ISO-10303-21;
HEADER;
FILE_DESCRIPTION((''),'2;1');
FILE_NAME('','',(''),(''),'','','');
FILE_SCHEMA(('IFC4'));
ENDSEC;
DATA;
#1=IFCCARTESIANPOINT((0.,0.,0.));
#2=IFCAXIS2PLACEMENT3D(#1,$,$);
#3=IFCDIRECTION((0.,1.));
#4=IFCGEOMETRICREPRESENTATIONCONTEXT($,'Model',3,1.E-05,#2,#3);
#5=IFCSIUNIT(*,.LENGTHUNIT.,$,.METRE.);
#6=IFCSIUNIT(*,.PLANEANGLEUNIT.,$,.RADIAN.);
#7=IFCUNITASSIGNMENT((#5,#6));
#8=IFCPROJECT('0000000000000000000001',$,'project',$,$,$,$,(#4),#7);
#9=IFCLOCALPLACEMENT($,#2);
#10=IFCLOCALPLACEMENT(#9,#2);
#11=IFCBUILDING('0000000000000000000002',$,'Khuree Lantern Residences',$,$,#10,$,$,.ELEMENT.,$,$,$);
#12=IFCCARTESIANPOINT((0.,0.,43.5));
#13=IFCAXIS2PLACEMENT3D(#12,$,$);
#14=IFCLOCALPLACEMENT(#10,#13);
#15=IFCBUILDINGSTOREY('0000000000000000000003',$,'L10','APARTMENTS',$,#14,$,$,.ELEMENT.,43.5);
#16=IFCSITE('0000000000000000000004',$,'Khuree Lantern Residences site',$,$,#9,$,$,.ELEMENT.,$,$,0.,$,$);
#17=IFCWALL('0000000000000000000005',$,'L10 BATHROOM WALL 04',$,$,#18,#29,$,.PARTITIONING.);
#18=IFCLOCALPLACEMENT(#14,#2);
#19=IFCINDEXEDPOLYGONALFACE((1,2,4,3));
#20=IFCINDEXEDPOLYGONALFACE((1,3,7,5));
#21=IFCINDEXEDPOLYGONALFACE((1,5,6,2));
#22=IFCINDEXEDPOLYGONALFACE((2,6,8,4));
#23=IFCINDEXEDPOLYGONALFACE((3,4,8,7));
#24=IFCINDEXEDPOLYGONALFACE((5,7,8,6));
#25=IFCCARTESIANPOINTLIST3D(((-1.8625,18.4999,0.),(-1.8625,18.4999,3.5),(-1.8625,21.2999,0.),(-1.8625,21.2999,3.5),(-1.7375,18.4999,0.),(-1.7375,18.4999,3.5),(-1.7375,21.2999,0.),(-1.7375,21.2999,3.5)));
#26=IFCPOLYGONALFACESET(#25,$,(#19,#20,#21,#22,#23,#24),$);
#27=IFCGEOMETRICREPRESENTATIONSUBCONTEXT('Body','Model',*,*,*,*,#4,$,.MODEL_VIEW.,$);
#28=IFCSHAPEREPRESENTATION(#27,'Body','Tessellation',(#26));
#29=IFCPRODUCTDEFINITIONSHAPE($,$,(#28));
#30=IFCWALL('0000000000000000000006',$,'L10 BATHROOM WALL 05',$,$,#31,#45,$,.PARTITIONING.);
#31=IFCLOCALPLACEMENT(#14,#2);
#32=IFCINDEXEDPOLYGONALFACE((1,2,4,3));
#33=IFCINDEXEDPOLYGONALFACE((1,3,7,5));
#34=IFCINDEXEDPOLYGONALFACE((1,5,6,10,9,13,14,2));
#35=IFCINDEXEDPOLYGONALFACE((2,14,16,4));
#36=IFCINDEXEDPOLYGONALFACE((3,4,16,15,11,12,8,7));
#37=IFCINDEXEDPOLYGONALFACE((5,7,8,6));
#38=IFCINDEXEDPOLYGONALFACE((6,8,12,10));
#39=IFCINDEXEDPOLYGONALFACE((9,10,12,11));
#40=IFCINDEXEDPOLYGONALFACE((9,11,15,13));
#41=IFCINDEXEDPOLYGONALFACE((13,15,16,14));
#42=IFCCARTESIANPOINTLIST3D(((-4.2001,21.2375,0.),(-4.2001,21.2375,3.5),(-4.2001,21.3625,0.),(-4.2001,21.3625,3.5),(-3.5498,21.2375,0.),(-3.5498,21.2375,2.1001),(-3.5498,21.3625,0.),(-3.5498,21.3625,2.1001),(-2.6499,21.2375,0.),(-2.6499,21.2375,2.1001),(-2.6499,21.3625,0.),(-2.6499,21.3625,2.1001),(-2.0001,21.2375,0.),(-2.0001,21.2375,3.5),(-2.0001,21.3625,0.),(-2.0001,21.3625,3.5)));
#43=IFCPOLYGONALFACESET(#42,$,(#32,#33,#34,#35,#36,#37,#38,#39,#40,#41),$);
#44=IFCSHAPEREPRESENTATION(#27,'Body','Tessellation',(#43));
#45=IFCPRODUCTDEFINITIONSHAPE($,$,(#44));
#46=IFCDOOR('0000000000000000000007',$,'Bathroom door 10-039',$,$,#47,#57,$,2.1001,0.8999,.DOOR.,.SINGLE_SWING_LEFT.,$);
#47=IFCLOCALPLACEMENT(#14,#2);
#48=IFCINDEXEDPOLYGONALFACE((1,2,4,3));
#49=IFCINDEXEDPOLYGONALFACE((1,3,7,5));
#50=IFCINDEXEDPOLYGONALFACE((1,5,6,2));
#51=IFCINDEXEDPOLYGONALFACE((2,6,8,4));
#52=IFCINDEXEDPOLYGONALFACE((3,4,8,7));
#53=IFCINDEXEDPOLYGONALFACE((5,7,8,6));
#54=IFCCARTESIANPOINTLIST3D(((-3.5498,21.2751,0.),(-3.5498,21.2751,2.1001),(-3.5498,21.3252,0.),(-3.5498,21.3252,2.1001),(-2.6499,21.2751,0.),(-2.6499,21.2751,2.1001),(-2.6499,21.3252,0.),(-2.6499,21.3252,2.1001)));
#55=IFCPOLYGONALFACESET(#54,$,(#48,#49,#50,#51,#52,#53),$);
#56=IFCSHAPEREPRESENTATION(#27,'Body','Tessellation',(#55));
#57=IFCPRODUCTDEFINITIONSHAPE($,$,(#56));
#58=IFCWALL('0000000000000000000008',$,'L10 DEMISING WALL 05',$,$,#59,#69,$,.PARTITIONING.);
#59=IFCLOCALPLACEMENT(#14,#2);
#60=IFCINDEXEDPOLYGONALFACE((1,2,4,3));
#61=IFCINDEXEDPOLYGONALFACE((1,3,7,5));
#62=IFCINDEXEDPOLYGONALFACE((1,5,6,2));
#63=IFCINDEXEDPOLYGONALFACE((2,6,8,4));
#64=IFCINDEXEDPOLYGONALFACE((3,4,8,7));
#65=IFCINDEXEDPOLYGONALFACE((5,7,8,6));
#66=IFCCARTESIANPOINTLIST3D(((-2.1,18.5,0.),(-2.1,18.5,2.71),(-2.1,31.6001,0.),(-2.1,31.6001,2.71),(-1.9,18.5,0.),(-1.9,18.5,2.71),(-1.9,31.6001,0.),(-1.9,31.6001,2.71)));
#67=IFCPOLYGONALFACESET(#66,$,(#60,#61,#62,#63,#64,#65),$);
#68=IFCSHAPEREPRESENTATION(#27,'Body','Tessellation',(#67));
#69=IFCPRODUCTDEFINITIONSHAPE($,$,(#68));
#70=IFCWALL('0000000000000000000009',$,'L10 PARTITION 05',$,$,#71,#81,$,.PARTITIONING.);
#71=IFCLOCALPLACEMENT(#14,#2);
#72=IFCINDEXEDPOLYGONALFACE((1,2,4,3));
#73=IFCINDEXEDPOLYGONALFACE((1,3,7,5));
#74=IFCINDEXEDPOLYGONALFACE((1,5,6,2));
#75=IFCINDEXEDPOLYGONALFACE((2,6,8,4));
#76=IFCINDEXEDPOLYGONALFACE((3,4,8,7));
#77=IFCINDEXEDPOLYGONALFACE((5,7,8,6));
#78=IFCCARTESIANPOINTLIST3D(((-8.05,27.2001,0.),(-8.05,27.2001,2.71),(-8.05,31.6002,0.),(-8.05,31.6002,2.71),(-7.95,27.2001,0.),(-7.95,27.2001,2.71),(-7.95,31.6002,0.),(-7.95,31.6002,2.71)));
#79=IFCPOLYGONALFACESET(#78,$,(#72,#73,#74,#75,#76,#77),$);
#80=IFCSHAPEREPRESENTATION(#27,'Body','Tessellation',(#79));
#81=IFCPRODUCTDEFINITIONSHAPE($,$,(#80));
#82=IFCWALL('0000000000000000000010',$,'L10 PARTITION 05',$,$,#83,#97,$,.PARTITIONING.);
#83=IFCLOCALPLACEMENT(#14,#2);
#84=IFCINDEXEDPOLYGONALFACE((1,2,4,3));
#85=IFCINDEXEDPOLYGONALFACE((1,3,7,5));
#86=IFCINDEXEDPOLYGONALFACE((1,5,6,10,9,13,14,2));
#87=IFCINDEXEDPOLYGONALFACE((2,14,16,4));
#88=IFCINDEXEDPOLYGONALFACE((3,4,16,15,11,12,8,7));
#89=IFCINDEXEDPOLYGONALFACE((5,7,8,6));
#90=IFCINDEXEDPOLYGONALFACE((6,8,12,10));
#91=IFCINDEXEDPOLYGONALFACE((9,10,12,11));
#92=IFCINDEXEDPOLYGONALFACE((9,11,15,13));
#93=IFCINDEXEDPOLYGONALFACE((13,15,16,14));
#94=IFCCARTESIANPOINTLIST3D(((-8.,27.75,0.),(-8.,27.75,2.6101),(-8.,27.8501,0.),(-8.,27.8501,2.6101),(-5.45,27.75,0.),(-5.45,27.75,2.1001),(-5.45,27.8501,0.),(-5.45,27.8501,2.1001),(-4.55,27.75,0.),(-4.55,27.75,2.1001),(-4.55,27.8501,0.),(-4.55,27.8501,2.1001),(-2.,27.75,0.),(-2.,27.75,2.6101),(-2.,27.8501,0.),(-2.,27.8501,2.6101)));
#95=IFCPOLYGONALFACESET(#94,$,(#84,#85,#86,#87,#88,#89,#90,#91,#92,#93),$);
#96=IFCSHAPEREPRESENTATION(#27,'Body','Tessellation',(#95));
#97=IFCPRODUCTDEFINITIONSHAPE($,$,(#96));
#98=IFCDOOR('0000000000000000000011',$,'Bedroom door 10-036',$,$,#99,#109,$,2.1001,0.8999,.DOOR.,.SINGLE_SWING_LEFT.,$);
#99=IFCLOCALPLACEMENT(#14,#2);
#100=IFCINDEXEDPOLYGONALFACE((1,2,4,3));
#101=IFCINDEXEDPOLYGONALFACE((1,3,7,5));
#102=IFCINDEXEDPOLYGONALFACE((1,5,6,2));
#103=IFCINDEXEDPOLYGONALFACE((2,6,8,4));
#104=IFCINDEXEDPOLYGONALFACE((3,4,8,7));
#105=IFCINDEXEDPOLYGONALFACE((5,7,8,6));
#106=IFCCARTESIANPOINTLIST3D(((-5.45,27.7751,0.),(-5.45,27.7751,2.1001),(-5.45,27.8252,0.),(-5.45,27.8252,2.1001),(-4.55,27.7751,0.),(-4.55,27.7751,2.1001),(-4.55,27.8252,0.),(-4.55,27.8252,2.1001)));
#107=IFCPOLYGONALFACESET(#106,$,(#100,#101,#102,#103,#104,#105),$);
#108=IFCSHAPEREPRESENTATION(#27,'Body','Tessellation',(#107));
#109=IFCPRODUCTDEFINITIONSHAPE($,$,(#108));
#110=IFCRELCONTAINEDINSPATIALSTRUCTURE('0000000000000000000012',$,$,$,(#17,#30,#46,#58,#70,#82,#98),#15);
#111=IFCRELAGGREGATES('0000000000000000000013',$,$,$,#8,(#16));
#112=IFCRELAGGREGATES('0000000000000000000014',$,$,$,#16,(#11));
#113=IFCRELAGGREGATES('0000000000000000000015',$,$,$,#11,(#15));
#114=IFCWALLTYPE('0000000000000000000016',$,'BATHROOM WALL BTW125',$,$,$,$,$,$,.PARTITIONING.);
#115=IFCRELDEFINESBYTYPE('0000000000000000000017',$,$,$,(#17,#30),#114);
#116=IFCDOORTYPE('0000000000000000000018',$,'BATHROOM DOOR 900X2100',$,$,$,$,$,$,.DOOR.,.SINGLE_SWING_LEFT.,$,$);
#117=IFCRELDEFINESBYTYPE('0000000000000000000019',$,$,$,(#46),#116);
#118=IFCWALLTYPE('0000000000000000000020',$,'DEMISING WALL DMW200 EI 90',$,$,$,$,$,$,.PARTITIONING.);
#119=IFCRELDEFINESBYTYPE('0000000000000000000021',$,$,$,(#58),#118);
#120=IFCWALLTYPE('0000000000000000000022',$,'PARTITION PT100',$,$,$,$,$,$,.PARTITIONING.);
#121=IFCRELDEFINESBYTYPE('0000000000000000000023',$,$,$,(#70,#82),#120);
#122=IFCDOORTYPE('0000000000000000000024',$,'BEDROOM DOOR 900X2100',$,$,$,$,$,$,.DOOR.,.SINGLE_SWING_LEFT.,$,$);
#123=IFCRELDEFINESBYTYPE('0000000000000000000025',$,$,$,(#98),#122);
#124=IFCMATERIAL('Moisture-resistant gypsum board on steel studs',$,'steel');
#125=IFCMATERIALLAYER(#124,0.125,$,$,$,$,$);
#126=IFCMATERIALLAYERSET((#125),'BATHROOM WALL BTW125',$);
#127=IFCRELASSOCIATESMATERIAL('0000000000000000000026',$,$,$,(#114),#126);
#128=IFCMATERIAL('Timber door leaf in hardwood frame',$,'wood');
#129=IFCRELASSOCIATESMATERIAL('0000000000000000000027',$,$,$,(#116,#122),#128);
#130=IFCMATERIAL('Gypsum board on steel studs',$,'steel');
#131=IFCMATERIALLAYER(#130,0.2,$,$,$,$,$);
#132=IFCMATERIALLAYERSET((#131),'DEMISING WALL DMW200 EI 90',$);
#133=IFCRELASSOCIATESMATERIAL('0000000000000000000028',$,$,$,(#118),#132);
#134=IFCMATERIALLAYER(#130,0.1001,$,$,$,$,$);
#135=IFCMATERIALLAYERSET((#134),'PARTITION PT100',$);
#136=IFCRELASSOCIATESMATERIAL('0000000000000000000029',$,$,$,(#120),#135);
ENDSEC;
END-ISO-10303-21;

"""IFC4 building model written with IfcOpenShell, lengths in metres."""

from ifc_helpers import new_model, si_unit, direction, frame, frame_2d, origin, place, context, subcontext, project, spatial, rectangle, extrude, material, layer, layer_set, type_object, element, fill, save


model = new_model("IFC4")

# Units and contexts
model_context = context("Model", 3, precision=1e-05, world=origin(), true_north=direction((0.0, 1.0)))
body_context = subcontext(model_context, "Body", "Model", "MODEL_VIEW")
ifc_project = project(units=[si_unit("LENGTHUNIT", "METRE"), si_unit("PLANEANGLEUNIT", "RADIAN")], contexts=[model_context])

# Site, building, storey
site_placement = place(None, origin())
site = spatial("IfcSite", under=ifc_project, at=site_placement, Name="Khuree Lantern Residences site", CompositionType="ELEMENT", RefElevation=0.0)
building_placement = place(site_placement, origin())
building = spatial("IfcBuilding", under=site, at=building_placement, Name="Khuree Lantern Residences", CompositionType="ELEMENT")
storey_placement = place(building_placement, frame((0.0, 0.0, 43.5)))
storey = spatial("IfcBuildingStorey", under=building, at=storey_placement, Name="L10", Description="APARTMENTS", CompositionType="ELEMENT", Elevation=43.5)

# Wall
ifc_material_1 = material(Name="Moisture-resistant gypsum board on steel studs", Category="steel")
ifc_layer_1 = layer(ifc_material_1, 0.125)
ifc_layer_set_1 = layer_set([ifc_layer_1], Name="BATHROOM WALL BTW125")
wall_type_1 = type_object("IfcWallType", Name="BATHROOM WALL BTW125", PredefinedType="PARTITIONING", material=ifc_layer_set_1)
wall_1_placement = place(storey_placement, frame((-1.8, 18.5, 0.0), z_axis=(0.0, 0.0, 1.0), x_axis=(0.0, 1.0, 0.0)))
element("IfcWall", 1, at=wall_1_placement, inside=storey, type_object=wall_type_1, Name="L10 BATHROOM WALL 04", PredefinedType="PARTITIONING", context=body_context, shape_type="SweptSolid", body=[
    extrude(rectangle(XDim=2.8, YDim=0.125, at=frame_2d((1.3999, 0.0))), origin(), (0.0, 0.0, 1.0), 3.5),
])

# Wall, opening, door
wall_2_placement = place(storey_placement, frame((-2.0, 21.3, 0.0), z_axis=(0.0, 0.0, 1.0), x_axis=(-1.0, 0.0, 0.0)))
wall_2 = element("IfcWall", 2, at=wall_2_placement, inside=storey, type_object=wall_type_1, Name="L10 BATHROOM WALL 05", PredefinedType="PARTITIONING", context=body_context, shape_type="SweptSolid", body=[
    extrude(rectangle(XDim=2.2, YDim=0.125, at=frame_2d((1.1001, 0.0))), origin(), (0.0, 0.0, 1.0), 3.5),
])
opening_1_placement = place(wall_2_placement, frame((0.6499, 0.0, 0.0)))
opening_1 = element("IfcOpeningElement", 3, at=opening_1_placement, cuts=wall_2, PredefinedType="OPENING", context=body_context, shape_type="SweptSolid", body=[
    extrude(rectangle(XDim=0.8999, YDim=2.1001, at=frame_2d((0.45, 1.05))), frame((0.0, 0.0725, 0.0), z_axis=(0.0, -1.0, 0.0), x_axis=(1.0, 0.0, 0.0)), (0.0, 0.0, 1.0), 0.145),
])
ifc_material_2 = material(Name="Timber door leaf in hardwood frame", Category="wood")
door_type_1 = type_object("IfcDoorType", Name="BATHROOM DOOR 900X2100", OperationType="SINGLE_SWING_LEFT", PredefinedType="DOOR", material=ifc_material_2)
door_1_placement = place(opening_1_placement, origin())
door_1 = element("IfcDoor", 4, at=door_1_placement, inside=storey, type_object=door_type_1, Name="Bathroom door 10-039", OperationType="SINGLE_SWING_LEFT", OverallHeight=2.1001, OverallWidth=0.8999, PredefinedType="DOOR", context=body_context, shape_type="SweptSolid", body=[
    extrude(rectangle(XDim=0.8999, YDim=2.1001, at=frame_2d((0.45, 1.05))), frame((0.0, 0.0249, 0.0), z_axis=(0.0, -1.0, 0.0), x_axis=(1.0, 0.0, 0.0)), (0.0, 0.0, 1.0), 0.05),
])
fill(opening_1, door_1)

# Walls
ifc_material_3 = material(Name="Gypsum board on steel studs", Category="steel")
ifc_layer_2 = layer(ifc_material_3, 0.2)
ifc_layer_set_2 = layer_set([ifc_layer_2], Name="DEMISING WALL DMW200 EI 90")
wall_type_2 = type_object("IfcWallType", Name="DEMISING WALL DMW200 EI 90", PredefinedType="PARTITIONING", material=ifc_layer_set_2)
wall_3_placement = place(storey_placement, frame((-2.0, 18.5, 0.0), z_axis=(0.0, 0.0, 1.0), x_axis=(0.0, 1.0, 0.0)))
element("IfcWall", 5, at=wall_3_placement, inside=storey, type_object=wall_type_2, Name="L10 DEMISING WALL 05", PredefinedType="PARTITIONING", context=body_context, shape_type="SweptSolid", body=[
    extrude(rectangle(XDim=13.1001, YDim=0.2, at=frame_2d((6.55, 0.0))), origin(), (0.0, 0.0, 1.0), 2.71),
])
ifc_layer_3 = layer(ifc_material_3, 0.1001)
ifc_layer_set_3 = layer_set([ifc_layer_3], Name="PARTITION PT100")
wall_type_3 = type_object("IfcWallType", Name="PARTITION PT100", PredefinedType="PARTITIONING", material=ifc_layer_set_3)
wall_4_placement = place(storey_placement, frame((-8.0, 27.2, 0.0), z_axis=(0.0, 0.0, 1.0), x_axis=(0.0, 1.0, 0.0)))
element("IfcWall", 6, at=wall_4_placement, inside=storey, type_object=wall_type_3, Name="L10 PARTITION 05", PredefinedType="PARTITIONING", context=body_context, shape_type="SweptSolid", body=[
    extrude(rectangle(XDim=4.4001, YDim=0.1001, at=frame_2d((2.2002, 0.0))), origin(), (0.0, 0.0, 1.0), 2.71),
])

# Wall, opening, door
wall_5_placement = place(storey_placement, frame((-2.0, 27.8, 0.0), z_axis=(0.0, 0.0, 1.0), x_axis=(-1.0, 0.0, 0.0)))
wall_5 = element("IfcWall", 7, at=wall_5_placement, inside=storey, type_object=wall_type_3, Name="L10 PARTITION 05", PredefinedType="PARTITIONING", context=body_context, shape_type="SweptSolid", body=[
    extrude(rectangle(XDim=6.0, YDim=0.1001, at=frame_2d((3.0, 0.0))), origin(), (0.0, 0.0, 1.0), 2.6101),
])
opening_2_placement = place(wall_5_placement, frame((2.55, 0.0, 0.0)))
opening_2 = element("IfcOpeningElement", 8, at=opening_2_placement, cuts=wall_5, PredefinedType="OPENING", context=body_context, shape_type="SweptSolid", body=[
    extrude(rectangle(XDim=0.8999, YDim=2.1001, at=frame_2d((0.45, 1.05))), frame((0.0, 0.0601, 0.0), z_axis=(0.0, -1.0, 0.0), x_axis=(1.0, 0.0, 0.0)), (0.0, 0.0, 1.0), 0.1201),
])
door_type_2 = type_object("IfcDoorType", Name="BEDROOM DOOR 900X2100", OperationType="SINGLE_SWING_LEFT", PredefinedType="DOOR", material=ifc_material_2)
door_2_placement = place(opening_2_placement, origin())
door_2 = element("IfcDoor", 9, at=door_2_placement, inside=storey, type_object=door_type_2, Name="Bedroom door 10-036", OperationType="SINGLE_SWING_LEFT", OverallHeight=2.1001, OverallWidth=0.8999, PredefinedType="DOOR", context=body_context, shape_type="SweptSolid", body=[
    extrude(rectangle(XDim=0.8999, YDim=2.1001, at=frame_2d((0.45, 1.05))), frame((0.0, 0.0249, 0.0), z_axis=(0.0, -1.0, 0.0), x_axis=(1.0, 0.0, 0.0)), (0.0, 0.0, 1.0), 0.05),
])
fill(opening_2, door_2)

save(model, "model.ifc")
